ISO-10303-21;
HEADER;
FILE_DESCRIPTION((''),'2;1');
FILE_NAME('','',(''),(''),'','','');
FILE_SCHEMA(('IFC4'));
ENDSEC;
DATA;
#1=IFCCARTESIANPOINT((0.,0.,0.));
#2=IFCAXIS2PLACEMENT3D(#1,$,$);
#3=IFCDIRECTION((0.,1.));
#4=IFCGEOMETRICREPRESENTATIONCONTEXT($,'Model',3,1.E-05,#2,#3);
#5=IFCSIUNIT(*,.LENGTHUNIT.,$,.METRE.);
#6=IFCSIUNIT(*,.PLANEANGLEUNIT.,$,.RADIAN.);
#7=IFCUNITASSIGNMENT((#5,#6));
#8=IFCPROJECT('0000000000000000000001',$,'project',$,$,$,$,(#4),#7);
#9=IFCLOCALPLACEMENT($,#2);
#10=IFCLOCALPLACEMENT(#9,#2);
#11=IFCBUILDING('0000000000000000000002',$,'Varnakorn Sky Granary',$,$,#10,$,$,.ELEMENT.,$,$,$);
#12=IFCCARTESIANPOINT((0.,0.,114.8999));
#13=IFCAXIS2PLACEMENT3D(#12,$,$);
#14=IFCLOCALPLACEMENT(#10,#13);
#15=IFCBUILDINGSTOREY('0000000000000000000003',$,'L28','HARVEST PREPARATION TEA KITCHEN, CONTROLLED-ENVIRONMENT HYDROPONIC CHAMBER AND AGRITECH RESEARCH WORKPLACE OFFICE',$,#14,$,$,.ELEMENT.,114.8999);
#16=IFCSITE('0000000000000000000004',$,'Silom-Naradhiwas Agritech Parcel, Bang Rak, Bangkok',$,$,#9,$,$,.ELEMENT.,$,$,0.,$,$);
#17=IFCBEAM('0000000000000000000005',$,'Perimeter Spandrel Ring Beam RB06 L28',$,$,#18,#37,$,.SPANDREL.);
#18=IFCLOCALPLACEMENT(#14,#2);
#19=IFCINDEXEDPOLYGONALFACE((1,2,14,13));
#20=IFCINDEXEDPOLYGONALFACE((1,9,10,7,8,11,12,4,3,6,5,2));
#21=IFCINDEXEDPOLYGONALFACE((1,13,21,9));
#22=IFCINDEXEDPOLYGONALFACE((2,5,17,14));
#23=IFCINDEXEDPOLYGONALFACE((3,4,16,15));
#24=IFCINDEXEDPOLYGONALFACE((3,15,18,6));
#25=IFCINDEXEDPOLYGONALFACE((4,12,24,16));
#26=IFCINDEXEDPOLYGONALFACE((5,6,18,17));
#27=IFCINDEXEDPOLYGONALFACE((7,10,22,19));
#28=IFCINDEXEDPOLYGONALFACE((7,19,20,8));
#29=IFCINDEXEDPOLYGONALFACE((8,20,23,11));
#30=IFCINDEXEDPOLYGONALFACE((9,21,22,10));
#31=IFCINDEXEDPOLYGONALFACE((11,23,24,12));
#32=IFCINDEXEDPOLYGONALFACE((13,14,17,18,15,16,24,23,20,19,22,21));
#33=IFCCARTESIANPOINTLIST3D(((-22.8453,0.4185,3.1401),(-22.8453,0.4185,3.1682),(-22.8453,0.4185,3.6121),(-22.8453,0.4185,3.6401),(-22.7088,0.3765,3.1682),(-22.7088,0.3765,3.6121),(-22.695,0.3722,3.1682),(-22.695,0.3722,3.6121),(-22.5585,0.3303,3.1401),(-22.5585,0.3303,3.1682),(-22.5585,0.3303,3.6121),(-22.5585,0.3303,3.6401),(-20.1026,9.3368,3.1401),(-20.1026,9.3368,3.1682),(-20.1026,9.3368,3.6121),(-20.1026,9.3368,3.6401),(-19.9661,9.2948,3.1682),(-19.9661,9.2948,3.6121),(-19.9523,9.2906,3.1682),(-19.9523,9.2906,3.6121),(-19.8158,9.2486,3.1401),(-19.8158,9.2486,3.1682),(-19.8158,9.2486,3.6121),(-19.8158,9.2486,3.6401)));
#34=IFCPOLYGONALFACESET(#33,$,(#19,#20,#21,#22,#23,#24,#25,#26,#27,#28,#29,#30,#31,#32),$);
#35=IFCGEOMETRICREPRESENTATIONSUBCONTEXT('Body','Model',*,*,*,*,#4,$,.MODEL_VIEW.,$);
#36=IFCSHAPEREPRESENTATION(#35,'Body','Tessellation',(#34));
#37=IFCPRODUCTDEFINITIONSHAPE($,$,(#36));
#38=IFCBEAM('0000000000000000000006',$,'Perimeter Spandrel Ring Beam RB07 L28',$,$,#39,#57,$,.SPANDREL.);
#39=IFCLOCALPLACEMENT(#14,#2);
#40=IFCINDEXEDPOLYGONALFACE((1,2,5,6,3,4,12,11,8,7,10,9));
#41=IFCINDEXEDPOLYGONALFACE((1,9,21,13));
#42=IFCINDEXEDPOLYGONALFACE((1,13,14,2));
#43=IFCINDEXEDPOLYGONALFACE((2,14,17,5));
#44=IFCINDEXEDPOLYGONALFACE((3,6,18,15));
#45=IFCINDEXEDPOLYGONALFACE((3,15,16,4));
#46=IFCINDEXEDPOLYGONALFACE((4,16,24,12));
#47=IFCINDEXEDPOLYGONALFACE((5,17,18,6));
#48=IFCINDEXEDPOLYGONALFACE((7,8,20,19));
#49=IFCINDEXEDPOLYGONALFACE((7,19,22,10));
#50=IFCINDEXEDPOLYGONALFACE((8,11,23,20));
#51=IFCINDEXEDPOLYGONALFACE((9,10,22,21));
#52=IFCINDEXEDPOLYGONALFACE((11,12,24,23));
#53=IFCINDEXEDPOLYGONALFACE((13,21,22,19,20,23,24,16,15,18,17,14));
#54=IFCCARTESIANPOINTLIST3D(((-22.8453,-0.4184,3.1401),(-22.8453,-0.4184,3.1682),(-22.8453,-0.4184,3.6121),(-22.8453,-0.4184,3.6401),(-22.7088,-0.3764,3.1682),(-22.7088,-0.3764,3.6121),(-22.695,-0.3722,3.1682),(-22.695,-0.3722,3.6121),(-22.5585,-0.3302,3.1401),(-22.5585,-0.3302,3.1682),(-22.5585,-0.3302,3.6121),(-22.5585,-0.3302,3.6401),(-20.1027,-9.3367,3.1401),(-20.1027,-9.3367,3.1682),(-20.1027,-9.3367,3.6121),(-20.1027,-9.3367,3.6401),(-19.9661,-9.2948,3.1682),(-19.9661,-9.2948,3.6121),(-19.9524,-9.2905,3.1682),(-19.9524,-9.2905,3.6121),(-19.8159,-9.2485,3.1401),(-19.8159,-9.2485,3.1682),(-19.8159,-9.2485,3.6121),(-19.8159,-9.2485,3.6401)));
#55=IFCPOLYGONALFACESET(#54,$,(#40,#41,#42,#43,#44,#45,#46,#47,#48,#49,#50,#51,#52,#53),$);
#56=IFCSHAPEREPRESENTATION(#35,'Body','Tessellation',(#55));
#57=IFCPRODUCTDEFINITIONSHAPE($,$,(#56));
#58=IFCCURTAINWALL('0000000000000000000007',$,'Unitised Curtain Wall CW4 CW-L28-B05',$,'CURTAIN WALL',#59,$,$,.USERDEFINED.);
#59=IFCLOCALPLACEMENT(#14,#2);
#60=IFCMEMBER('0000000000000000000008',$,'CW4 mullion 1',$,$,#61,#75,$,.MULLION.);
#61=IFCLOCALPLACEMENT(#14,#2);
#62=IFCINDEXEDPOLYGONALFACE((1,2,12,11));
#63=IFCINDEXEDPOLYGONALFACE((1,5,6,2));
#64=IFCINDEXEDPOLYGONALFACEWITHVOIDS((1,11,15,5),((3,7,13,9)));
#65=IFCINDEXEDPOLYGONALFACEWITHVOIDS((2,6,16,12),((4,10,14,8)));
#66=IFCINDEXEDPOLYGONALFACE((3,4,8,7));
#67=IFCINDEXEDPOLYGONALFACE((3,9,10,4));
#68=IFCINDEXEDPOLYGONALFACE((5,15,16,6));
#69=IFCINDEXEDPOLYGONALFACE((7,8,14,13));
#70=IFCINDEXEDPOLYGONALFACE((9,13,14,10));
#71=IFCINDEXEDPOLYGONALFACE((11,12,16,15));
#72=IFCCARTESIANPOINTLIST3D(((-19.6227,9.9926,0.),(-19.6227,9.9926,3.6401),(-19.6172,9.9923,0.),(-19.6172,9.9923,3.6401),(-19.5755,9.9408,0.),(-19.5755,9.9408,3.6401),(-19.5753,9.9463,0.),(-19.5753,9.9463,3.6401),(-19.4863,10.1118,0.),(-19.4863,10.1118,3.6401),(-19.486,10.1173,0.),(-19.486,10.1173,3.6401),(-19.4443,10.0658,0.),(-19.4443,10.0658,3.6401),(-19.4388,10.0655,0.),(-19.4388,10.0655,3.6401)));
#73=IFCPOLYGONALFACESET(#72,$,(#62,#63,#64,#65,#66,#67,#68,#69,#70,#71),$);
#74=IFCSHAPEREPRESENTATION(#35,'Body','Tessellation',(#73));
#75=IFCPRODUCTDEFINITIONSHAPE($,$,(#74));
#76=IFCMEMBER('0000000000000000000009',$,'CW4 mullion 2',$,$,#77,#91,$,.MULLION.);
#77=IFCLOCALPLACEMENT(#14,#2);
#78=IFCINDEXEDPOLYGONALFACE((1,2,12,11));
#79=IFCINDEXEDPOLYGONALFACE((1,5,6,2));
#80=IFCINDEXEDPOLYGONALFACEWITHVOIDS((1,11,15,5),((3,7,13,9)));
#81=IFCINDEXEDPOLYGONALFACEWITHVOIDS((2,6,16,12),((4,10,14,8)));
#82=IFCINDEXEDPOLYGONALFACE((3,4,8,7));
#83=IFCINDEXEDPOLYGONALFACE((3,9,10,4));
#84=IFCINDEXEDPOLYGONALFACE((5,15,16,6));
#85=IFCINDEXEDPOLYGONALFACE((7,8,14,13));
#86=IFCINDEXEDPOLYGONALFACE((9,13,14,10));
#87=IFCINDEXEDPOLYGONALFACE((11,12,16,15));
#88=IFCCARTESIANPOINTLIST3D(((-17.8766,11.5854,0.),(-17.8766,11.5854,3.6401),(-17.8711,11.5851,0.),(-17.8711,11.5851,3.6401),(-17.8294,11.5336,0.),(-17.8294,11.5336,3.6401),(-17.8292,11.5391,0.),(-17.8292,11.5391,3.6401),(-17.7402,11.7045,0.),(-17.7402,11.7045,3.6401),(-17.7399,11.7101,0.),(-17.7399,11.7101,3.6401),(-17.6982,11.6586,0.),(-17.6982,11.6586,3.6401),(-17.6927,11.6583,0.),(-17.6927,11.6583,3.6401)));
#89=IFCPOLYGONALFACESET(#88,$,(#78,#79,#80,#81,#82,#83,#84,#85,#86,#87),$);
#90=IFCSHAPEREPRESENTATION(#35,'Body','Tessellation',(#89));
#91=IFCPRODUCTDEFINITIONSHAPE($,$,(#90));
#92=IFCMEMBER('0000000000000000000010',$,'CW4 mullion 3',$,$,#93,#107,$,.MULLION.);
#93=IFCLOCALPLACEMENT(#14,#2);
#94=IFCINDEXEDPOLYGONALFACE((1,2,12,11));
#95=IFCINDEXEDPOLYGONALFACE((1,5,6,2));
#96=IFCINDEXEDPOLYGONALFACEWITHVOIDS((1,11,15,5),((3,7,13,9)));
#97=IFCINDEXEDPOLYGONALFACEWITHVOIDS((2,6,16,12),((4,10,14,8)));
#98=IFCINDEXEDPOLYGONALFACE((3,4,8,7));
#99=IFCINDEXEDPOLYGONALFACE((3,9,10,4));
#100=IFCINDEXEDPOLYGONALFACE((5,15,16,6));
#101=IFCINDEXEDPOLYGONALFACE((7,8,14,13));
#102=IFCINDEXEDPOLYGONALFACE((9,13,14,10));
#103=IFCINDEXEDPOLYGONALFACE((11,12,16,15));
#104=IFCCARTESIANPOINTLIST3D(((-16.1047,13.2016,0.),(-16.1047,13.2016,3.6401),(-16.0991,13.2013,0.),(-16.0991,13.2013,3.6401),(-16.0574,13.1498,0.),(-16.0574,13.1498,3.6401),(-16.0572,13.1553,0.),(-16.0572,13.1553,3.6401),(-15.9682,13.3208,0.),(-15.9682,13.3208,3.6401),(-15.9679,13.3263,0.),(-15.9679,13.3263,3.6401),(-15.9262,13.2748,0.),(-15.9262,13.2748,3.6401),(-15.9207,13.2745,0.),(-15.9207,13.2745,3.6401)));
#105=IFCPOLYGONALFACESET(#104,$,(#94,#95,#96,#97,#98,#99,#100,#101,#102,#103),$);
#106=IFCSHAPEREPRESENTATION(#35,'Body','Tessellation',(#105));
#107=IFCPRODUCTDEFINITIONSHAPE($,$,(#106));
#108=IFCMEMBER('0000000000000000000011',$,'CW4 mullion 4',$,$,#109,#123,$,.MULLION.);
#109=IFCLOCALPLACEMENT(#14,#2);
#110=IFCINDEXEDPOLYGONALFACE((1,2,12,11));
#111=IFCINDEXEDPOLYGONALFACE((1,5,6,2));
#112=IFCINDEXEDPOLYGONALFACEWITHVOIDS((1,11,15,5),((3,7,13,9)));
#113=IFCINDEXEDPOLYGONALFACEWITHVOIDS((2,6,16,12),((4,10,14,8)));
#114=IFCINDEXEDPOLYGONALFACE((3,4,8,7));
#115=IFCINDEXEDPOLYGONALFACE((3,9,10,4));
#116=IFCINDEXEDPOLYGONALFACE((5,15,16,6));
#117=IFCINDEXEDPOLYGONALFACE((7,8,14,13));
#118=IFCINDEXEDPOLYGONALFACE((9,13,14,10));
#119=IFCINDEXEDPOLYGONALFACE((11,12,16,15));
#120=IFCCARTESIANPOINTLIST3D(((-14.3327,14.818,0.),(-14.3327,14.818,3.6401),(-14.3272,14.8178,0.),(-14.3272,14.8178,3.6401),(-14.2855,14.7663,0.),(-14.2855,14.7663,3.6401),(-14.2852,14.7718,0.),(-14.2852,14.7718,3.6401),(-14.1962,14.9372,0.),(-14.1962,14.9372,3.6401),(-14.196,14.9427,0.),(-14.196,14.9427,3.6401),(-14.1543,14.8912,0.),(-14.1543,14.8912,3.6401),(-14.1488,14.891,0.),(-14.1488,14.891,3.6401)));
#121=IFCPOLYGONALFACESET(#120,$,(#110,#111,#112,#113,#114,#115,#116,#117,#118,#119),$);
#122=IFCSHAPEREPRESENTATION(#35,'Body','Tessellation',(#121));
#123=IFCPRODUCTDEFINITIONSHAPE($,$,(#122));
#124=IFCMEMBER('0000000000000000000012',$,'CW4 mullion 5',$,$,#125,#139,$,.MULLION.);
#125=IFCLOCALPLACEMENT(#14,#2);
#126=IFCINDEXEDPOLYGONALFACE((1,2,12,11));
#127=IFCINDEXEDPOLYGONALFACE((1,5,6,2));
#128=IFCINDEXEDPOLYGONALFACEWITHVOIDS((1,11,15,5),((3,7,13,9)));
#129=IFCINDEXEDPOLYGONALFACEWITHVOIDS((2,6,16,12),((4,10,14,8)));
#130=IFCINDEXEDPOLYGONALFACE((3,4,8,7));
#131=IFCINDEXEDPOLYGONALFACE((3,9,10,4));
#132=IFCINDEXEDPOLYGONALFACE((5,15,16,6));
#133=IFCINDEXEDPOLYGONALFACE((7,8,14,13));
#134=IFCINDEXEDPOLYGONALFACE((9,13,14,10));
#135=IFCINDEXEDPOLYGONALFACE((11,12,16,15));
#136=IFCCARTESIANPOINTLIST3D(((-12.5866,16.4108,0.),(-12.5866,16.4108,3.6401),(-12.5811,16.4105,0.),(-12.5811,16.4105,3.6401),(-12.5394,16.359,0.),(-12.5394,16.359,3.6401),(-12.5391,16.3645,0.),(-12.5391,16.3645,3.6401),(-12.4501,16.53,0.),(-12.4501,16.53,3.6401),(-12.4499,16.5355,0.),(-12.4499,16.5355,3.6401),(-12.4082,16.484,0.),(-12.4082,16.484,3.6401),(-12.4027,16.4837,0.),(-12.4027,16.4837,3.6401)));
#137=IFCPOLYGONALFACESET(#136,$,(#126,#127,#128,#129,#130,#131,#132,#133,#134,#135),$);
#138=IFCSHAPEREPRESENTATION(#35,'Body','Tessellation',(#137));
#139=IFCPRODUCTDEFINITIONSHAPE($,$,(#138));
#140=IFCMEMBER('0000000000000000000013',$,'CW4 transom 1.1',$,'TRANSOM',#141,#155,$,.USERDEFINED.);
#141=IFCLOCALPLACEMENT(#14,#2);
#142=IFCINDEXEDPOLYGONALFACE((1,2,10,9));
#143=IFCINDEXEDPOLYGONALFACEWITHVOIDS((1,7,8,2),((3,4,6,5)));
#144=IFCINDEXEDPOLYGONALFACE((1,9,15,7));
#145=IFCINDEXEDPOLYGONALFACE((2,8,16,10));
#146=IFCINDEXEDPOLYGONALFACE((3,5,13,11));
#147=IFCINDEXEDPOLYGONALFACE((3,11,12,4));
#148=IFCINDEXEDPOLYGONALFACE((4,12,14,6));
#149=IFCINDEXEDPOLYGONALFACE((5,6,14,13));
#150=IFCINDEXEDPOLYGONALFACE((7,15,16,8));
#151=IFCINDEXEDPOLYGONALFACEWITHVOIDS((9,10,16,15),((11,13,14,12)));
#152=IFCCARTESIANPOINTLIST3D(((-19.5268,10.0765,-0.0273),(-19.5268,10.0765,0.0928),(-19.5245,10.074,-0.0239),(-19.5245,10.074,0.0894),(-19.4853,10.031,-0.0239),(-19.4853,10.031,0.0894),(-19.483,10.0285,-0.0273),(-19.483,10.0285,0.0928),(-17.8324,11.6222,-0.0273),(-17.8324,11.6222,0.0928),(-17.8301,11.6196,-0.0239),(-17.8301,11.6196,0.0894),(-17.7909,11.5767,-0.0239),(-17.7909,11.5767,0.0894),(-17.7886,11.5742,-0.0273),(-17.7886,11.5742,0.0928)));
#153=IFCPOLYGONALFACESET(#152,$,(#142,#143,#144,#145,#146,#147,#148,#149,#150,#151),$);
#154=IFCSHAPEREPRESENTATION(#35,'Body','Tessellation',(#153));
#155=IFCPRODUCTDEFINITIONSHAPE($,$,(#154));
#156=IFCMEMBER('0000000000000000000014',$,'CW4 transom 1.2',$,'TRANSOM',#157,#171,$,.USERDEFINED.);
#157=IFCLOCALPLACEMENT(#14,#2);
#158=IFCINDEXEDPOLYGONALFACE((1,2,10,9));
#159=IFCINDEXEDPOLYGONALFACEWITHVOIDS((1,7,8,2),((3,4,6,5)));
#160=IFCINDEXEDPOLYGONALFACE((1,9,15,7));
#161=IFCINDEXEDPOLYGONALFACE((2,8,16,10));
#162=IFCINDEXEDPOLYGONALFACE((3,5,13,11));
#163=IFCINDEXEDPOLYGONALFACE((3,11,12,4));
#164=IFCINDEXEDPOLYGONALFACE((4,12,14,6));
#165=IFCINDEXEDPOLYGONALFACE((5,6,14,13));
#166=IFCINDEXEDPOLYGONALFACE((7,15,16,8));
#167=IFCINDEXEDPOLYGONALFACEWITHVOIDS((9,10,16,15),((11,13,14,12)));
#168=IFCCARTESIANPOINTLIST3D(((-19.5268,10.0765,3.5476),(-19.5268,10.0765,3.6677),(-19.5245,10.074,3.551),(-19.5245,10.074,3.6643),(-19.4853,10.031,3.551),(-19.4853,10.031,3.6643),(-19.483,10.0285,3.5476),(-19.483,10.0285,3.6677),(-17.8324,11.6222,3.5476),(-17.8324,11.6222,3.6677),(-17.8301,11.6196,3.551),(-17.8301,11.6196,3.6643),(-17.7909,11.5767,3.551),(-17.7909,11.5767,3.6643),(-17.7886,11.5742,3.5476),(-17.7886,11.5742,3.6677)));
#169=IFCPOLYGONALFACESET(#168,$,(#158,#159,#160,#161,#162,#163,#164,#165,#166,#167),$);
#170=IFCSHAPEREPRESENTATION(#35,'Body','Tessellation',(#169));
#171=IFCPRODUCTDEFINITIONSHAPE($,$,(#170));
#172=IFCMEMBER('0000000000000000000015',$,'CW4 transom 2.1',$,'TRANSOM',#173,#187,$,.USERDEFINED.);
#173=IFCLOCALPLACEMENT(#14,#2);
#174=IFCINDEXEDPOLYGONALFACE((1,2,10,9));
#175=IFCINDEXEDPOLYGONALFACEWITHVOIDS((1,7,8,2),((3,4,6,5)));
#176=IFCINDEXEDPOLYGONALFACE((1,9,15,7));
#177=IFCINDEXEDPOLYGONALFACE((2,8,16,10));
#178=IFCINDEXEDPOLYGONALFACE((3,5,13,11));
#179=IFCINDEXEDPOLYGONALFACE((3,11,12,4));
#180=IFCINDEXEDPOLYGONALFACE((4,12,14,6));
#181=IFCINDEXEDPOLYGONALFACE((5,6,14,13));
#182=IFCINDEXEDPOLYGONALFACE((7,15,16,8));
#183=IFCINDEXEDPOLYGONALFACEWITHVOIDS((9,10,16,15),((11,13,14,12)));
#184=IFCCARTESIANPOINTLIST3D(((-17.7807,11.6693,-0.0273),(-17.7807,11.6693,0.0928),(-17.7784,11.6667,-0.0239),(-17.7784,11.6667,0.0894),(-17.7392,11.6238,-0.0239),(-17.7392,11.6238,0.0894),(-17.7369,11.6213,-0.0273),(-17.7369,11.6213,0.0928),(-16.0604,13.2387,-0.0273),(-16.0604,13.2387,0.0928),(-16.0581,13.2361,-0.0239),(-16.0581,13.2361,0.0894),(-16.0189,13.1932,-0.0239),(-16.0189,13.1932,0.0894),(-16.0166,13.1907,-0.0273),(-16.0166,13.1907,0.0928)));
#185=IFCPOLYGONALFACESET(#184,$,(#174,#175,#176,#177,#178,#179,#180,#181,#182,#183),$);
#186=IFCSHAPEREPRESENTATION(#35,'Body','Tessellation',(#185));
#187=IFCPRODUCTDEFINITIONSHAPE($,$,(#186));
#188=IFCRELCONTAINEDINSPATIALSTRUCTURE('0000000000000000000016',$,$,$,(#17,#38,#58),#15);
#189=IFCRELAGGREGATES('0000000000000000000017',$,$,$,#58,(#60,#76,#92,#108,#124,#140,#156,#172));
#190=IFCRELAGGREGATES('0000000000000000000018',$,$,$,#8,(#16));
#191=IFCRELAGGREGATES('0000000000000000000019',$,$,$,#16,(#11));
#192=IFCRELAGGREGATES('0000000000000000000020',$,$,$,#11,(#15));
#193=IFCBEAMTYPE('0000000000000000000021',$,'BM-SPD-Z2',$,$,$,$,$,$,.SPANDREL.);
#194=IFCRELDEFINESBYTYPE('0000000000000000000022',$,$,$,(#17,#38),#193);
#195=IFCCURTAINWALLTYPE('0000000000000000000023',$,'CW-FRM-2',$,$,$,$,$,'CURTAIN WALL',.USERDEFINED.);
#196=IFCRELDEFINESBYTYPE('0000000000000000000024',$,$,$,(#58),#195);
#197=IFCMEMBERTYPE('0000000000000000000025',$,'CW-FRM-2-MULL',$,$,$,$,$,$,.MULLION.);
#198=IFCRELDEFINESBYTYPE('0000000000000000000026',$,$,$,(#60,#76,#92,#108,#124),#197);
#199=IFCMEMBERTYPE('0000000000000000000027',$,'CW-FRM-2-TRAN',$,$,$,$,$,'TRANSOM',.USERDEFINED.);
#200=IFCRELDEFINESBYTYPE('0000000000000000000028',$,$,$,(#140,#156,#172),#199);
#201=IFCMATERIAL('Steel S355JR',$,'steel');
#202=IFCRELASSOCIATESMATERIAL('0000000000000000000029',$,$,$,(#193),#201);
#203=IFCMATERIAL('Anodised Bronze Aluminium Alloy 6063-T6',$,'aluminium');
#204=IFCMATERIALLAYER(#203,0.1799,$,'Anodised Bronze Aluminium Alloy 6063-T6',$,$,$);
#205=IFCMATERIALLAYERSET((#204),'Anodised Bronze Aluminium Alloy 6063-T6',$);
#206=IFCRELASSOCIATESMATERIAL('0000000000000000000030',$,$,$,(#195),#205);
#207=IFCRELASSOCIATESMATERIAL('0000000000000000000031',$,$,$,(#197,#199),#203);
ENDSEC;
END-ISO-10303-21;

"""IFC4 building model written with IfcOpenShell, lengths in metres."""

from ifc_helpers import new_model, si_unit, direction, frame, origin, origin_2d, place, context, subcontext, project, spatial, hollow_rectangle, i_section, extrude, material, layer, layer_set, material_profile, profile_set, type_object, element, aggregate, save


model = new_model("IFC4")

# Units and contexts
model_context = context("Model", 3, precision=1e-05, world=origin(), true_north=direction((0.0, 1.0)))
body_context = subcontext(model_context, "Body", "Model", "MODEL_VIEW")
ifc_project = project(units=[si_unit("LENGTHUNIT", "METRE"), si_unit("PLANEANGLEUNIT", "RADIAN")], contexts=[model_context])

# Site, building, storey
site_placement = place(None, origin())
site = spatial("IfcSite", under=ifc_project, at=site_placement, Name="Silom-Naradhiwas Agritech Parcel, Bang Rak, Bangkok", CompositionType="ELEMENT", RefElevation=0.0)
building_placement = place(site_placement, origin())
building = spatial("IfcBuilding", under=site, at=building_placement, Name="Varnakorn Sky Granary", CompositionType="ELEMENT")
storey_placement = place(building_placement, frame((0.0, 0.0, 114.8999)))
storey = spatial("IfcBuildingStorey", under=building, at=storey_placement, Name="L28", Description="HARVEST PREPARATION TEA KITCHEN, CONTROLLED-ENVIRONMENT HYDROPONIC CHAMBER AND AGRITECH RESEARCH WORKPLACE OFFICE", CompositionType="ELEMENT", Elevation=114.8999)

# Beams
ifc_material_1 = material(Name="Steel S355JR", Category="steel")
ifc_material_profile_1 = material_profile(ifc_material_1, i_section(OverallWidth=0.3, OverallDepth=0.5, WebThickness=0.0144, FlangeThickness=0.0281, at=origin_2d()), Name="HE 500 B")
ifc_profile_set_1 = profile_set([ifc_material_profile_1], Name="Steel S355JR")
beam_type_1 = type_object("IfcBeamType", Name="BM-SPD-Z2", PredefinedType="SPANDREL", material=ifc_profile_set_1)
for number, where, z_axis, x_axis, name in (
    (1, (-19.9592, 9.2927, 3.3901), (-0.293942, -0.955823, 0.0), (0.955823, -0.293942, 0.0), "Perimeter Spandrel Ring Beam RB06 L28"),
    (2, (-22.7019, -0.3743, 3.3901), (0.293942, -0.955823, 0.0), (0.955823, 0.293942, 0.0), "Perimeter Spandrel Ring Beam RB07 L28"),
):
    element("IfcBeam", number, at=place(storey_placement, frame(where, z_axis=z_axis, x_axis=x_axis)), inside=storey, type_object=beam_type_1, Name=name, PredefinedType="SPANDREL", context=body_context, shape_type="SweptSolid", body=[
        extrude(i_section(OverallWidth=0.3, OverallDepth=0.5, WebThickness=0.0144, FlangeThickness=0.0281, at=origin_2d()), origin(), (0.0, 0.0, 1.0), 9.3306),
    ])

# Curtain wall, members
ifc_material_2 = material(Name="Anodised Bronze Aluminium Alloy 6063-T6", Category="aluminium")
ifc_layer_1 = layer(ifc_material_2, 0.1799, Name="Anodised Bronze Aluminium Alloy 6063-T6")
ifc_layer_set_1 = layer_set([ifc_layer_1], Name="Anodised Bronze Aluminium Alloy 6063-T6")
curtain_wall_type = type_object("IfcCurtainWallType", Name="CW-FRM-2", ElementType="CURTAIN WALL", PredefinedType="USERDEFINED", material=ifc_layer_set_1)
curtain_wall_placement = place(storey_placement, origin())
curtain_wall = element("IfcCurtainWall", 3, at=curtain_wall_placement, inside=storey, type_object=curtain_wall_type, Name="Unitised Curtain Wall CW4 CW-L28-B05", ObjectType="CURTAIN WALL", PredefinedType="USERDEFINED")
ifc_material_profile_2 = material_profile(ifc_material_2, hollow_rectangle(XDim=0.0701, YDim=0.1851, WallThickness=0.0039, at=origin_2d()), Name="ALU MULL 70x185")
ifc_profile_set_2 = profile_set([ifc_material_profile_2], Name="Anodised Bronze Aluminium Alloy 6063-T6")
member_type_1 = type_object("IfcMemberType", Name="CW-FRM-2-MULL", PredefinedType="MULLION", material=ifc_profile_set_2)
member_1_placement = place(storey_placement, frame((-19.5308, 10.0291, 0.0), z_axis=(0.0, 0.0, 1.0), x_axis=(-0.673925, 0.7388, 0.0)))
member_1 = element("IfcMember", 4, at=member_1_placement, type_object=member_type_1, Name="CW4 mullion 1", PredefinedType="MULLION", context=body_context, shape_type="SweptSolid", body=[
    extrude(hollow_rectangle(XDim=0.0701, YDim=0.1851, WallThickness=0.0039, at=origin_2d()), origin(), (0.0, 0.0, 1.0), 3.6401),
])
member_2_placement = place(storey_placement, frame((-17.7847, 11.6218, 0.0), z_axis=(0.0, 0.0, 1.0), x_axis=(-0.673925, 0.7388, 0.0)))
member_2 = element("IfcMember", 5, at=member_2_placement, type_object=member_type_1, Name="CW4 mullion 2", PredefinedType="MULLION", context=body_context, shape_type="SweptSolid", body=[
    extrude(hollow_rectangle(XDim=0.0701, YDim=0.1851, WallThickness=0.0039, at=origin_2d()), origin(), (0.0, 0.0, 1.0), 3.6401),
])
member_3_placement = place(storey_placement, frame((-16.0127, 13.238, 0.0), z_axis=(0.0, 0.0, 1.0), x_axis=(-0.673925, 0.7388, 0.0)))
member_3 = element("IfcMember", 6, at=member_3_placement, type_object=member_type_1, Name="CW4 mullion 3", PredefinedType="MULLION", context=body_context, shape_type="SweptSolid", body=[
    extrude(hollow_rectangle(XDim=0.0701, YDim=0.1851, WallThickness=0.0039, at=origin_2d()), origin(), (0.0, 0.0, 1.0), 3.6401),
])
member_4_placement = place(storey_placement, frame((-14.2407, 14.8545, 0.0), z_axis=(0.0, 0.0, 1.0), x_axis=(-0.673925, 0.7388, 0.0)))
member_4 = element("IfcMember", 7, at=member_4_placement, type_object=member_type_1, Name="CW4 mullion 4", PredefinedType="MULLION", context=body_context, shape_type="SweptSolid", body=[
    extrude(hollow_rectangle(XDim=0.0701, YDim=0.1851, WallThickness=0.0039, at=origin_2d()), origin(), (0.0, 0.0, 1.0), 3.6401),
])
member_5_placement = place(storey_placement, frame((-12.4946, 16.4473, 0.0), z_axis=(0.0, 0.0, 1.0), x_axis=(-0.673925, 0.7388, 0.0)))
member_5 = element("IfcMember", 8, at=member_5_placement, type_object=member_type_1, Name="CW4 mullion 5", PredefinedType="MULLION", context=body_context, shape_type="SweptSolid", body=[
    extrude(hollow_rectangle(XDim=0.0701, YDim=0.1851, WallThickness=0.0039, at=origin_2d()), origin(), (0.0, 0.0, 1.0), 3.6401),
])
ifc_material_profile_3 = material_profile(ifc_material_2, hollow_rectangle(XDim=0.0649, YDim=0.1201, WallThickness=0.0034, at=origin_2d()), Name="ALU TRAN 65x120")
ifc_profile_set_3 = profile_set([ifc_material_profile_3], Name="Anodised Bronze Aluminium Alloy 6063-T6")
member_type_2 = type_object("IfcMemberType", Name="CW-FRM-2-TRAN", ElementType="TRANSOM", PredefinedType="USERDEFINED", material=ifc_profile_set_3)
member_6_placement = place(storey_placement, frame((-19.5049, 10.0525, 0.0327), z_axis=(0.738778, 0.673949, 0.0), x_axis=(-0.673949, 0.738778, 0.0)))
member_6 = element("IfcMember", 9, at=member_6_placement, type_object=member_type_2, Name="CW4 transom 1.1", ObjectType="TRANSOM", PredefinedType="USERDEFINED", context=body_context, shape_type="SweptSolid", body=[
    extrude(hollow_rectangle(XDim=0.0649, YDim=0.1201, WallThickness=0.0034, at=origin_2d()), origin(), (0.0, 0.0, 1.0), 2.2935),
])
member_7_placement = place(storey_placement, frame((-19.5049, 10.0525, 3.6077), z_axis=(0.738778, 0.673949, 0.0), x_axis=(-0.673949, 0.738778, 0.0)))
member_7 = element("IfcMember", 10, at=member_7_placement, type_object=member_type_2, Name="CW4 transom 1.2", ObjectType="TRANSOM", PredefinedType="USERDEFINED", context=body_context, shape_type="SweptSolid", body=[
    extrude(hollow_rectangle(XDim=0.0649, YDim=0.1201, WallThickness=0.0034, at=origin_2d()), origin(), (0.0, 0.0, 1.0), 2.2935),
])
member_8_placement = place(storey_placement, frame((-17.7588, 11.6453, 0.0327), z_axis=(0.738762, 0.673966, 0.0), x_axis=(-0.673966, 0.738762, 0.0)))
member_8 = element("IfcMember", 11, at=member_8_placement, type_object=member_type_2, Name="CW4 transom 2.1", ObjectType="TRANSOM", PredefinedType="USERDEFINED", context=body_context, shape_type="SweptSolid", body=[
    extrude(hollow_rectangle(XDim=0.0649, YDim=0.1201, WallThickness=0.0034, at=origin_2d()), origin(), (0.0, 0.0, 1.0), 2.3286),
])

aggregate(curtain_wall, [member_1, member_2, member_3, member_4, member_5, member_6, member_7, member_8])

save(model, "model.ifc")
